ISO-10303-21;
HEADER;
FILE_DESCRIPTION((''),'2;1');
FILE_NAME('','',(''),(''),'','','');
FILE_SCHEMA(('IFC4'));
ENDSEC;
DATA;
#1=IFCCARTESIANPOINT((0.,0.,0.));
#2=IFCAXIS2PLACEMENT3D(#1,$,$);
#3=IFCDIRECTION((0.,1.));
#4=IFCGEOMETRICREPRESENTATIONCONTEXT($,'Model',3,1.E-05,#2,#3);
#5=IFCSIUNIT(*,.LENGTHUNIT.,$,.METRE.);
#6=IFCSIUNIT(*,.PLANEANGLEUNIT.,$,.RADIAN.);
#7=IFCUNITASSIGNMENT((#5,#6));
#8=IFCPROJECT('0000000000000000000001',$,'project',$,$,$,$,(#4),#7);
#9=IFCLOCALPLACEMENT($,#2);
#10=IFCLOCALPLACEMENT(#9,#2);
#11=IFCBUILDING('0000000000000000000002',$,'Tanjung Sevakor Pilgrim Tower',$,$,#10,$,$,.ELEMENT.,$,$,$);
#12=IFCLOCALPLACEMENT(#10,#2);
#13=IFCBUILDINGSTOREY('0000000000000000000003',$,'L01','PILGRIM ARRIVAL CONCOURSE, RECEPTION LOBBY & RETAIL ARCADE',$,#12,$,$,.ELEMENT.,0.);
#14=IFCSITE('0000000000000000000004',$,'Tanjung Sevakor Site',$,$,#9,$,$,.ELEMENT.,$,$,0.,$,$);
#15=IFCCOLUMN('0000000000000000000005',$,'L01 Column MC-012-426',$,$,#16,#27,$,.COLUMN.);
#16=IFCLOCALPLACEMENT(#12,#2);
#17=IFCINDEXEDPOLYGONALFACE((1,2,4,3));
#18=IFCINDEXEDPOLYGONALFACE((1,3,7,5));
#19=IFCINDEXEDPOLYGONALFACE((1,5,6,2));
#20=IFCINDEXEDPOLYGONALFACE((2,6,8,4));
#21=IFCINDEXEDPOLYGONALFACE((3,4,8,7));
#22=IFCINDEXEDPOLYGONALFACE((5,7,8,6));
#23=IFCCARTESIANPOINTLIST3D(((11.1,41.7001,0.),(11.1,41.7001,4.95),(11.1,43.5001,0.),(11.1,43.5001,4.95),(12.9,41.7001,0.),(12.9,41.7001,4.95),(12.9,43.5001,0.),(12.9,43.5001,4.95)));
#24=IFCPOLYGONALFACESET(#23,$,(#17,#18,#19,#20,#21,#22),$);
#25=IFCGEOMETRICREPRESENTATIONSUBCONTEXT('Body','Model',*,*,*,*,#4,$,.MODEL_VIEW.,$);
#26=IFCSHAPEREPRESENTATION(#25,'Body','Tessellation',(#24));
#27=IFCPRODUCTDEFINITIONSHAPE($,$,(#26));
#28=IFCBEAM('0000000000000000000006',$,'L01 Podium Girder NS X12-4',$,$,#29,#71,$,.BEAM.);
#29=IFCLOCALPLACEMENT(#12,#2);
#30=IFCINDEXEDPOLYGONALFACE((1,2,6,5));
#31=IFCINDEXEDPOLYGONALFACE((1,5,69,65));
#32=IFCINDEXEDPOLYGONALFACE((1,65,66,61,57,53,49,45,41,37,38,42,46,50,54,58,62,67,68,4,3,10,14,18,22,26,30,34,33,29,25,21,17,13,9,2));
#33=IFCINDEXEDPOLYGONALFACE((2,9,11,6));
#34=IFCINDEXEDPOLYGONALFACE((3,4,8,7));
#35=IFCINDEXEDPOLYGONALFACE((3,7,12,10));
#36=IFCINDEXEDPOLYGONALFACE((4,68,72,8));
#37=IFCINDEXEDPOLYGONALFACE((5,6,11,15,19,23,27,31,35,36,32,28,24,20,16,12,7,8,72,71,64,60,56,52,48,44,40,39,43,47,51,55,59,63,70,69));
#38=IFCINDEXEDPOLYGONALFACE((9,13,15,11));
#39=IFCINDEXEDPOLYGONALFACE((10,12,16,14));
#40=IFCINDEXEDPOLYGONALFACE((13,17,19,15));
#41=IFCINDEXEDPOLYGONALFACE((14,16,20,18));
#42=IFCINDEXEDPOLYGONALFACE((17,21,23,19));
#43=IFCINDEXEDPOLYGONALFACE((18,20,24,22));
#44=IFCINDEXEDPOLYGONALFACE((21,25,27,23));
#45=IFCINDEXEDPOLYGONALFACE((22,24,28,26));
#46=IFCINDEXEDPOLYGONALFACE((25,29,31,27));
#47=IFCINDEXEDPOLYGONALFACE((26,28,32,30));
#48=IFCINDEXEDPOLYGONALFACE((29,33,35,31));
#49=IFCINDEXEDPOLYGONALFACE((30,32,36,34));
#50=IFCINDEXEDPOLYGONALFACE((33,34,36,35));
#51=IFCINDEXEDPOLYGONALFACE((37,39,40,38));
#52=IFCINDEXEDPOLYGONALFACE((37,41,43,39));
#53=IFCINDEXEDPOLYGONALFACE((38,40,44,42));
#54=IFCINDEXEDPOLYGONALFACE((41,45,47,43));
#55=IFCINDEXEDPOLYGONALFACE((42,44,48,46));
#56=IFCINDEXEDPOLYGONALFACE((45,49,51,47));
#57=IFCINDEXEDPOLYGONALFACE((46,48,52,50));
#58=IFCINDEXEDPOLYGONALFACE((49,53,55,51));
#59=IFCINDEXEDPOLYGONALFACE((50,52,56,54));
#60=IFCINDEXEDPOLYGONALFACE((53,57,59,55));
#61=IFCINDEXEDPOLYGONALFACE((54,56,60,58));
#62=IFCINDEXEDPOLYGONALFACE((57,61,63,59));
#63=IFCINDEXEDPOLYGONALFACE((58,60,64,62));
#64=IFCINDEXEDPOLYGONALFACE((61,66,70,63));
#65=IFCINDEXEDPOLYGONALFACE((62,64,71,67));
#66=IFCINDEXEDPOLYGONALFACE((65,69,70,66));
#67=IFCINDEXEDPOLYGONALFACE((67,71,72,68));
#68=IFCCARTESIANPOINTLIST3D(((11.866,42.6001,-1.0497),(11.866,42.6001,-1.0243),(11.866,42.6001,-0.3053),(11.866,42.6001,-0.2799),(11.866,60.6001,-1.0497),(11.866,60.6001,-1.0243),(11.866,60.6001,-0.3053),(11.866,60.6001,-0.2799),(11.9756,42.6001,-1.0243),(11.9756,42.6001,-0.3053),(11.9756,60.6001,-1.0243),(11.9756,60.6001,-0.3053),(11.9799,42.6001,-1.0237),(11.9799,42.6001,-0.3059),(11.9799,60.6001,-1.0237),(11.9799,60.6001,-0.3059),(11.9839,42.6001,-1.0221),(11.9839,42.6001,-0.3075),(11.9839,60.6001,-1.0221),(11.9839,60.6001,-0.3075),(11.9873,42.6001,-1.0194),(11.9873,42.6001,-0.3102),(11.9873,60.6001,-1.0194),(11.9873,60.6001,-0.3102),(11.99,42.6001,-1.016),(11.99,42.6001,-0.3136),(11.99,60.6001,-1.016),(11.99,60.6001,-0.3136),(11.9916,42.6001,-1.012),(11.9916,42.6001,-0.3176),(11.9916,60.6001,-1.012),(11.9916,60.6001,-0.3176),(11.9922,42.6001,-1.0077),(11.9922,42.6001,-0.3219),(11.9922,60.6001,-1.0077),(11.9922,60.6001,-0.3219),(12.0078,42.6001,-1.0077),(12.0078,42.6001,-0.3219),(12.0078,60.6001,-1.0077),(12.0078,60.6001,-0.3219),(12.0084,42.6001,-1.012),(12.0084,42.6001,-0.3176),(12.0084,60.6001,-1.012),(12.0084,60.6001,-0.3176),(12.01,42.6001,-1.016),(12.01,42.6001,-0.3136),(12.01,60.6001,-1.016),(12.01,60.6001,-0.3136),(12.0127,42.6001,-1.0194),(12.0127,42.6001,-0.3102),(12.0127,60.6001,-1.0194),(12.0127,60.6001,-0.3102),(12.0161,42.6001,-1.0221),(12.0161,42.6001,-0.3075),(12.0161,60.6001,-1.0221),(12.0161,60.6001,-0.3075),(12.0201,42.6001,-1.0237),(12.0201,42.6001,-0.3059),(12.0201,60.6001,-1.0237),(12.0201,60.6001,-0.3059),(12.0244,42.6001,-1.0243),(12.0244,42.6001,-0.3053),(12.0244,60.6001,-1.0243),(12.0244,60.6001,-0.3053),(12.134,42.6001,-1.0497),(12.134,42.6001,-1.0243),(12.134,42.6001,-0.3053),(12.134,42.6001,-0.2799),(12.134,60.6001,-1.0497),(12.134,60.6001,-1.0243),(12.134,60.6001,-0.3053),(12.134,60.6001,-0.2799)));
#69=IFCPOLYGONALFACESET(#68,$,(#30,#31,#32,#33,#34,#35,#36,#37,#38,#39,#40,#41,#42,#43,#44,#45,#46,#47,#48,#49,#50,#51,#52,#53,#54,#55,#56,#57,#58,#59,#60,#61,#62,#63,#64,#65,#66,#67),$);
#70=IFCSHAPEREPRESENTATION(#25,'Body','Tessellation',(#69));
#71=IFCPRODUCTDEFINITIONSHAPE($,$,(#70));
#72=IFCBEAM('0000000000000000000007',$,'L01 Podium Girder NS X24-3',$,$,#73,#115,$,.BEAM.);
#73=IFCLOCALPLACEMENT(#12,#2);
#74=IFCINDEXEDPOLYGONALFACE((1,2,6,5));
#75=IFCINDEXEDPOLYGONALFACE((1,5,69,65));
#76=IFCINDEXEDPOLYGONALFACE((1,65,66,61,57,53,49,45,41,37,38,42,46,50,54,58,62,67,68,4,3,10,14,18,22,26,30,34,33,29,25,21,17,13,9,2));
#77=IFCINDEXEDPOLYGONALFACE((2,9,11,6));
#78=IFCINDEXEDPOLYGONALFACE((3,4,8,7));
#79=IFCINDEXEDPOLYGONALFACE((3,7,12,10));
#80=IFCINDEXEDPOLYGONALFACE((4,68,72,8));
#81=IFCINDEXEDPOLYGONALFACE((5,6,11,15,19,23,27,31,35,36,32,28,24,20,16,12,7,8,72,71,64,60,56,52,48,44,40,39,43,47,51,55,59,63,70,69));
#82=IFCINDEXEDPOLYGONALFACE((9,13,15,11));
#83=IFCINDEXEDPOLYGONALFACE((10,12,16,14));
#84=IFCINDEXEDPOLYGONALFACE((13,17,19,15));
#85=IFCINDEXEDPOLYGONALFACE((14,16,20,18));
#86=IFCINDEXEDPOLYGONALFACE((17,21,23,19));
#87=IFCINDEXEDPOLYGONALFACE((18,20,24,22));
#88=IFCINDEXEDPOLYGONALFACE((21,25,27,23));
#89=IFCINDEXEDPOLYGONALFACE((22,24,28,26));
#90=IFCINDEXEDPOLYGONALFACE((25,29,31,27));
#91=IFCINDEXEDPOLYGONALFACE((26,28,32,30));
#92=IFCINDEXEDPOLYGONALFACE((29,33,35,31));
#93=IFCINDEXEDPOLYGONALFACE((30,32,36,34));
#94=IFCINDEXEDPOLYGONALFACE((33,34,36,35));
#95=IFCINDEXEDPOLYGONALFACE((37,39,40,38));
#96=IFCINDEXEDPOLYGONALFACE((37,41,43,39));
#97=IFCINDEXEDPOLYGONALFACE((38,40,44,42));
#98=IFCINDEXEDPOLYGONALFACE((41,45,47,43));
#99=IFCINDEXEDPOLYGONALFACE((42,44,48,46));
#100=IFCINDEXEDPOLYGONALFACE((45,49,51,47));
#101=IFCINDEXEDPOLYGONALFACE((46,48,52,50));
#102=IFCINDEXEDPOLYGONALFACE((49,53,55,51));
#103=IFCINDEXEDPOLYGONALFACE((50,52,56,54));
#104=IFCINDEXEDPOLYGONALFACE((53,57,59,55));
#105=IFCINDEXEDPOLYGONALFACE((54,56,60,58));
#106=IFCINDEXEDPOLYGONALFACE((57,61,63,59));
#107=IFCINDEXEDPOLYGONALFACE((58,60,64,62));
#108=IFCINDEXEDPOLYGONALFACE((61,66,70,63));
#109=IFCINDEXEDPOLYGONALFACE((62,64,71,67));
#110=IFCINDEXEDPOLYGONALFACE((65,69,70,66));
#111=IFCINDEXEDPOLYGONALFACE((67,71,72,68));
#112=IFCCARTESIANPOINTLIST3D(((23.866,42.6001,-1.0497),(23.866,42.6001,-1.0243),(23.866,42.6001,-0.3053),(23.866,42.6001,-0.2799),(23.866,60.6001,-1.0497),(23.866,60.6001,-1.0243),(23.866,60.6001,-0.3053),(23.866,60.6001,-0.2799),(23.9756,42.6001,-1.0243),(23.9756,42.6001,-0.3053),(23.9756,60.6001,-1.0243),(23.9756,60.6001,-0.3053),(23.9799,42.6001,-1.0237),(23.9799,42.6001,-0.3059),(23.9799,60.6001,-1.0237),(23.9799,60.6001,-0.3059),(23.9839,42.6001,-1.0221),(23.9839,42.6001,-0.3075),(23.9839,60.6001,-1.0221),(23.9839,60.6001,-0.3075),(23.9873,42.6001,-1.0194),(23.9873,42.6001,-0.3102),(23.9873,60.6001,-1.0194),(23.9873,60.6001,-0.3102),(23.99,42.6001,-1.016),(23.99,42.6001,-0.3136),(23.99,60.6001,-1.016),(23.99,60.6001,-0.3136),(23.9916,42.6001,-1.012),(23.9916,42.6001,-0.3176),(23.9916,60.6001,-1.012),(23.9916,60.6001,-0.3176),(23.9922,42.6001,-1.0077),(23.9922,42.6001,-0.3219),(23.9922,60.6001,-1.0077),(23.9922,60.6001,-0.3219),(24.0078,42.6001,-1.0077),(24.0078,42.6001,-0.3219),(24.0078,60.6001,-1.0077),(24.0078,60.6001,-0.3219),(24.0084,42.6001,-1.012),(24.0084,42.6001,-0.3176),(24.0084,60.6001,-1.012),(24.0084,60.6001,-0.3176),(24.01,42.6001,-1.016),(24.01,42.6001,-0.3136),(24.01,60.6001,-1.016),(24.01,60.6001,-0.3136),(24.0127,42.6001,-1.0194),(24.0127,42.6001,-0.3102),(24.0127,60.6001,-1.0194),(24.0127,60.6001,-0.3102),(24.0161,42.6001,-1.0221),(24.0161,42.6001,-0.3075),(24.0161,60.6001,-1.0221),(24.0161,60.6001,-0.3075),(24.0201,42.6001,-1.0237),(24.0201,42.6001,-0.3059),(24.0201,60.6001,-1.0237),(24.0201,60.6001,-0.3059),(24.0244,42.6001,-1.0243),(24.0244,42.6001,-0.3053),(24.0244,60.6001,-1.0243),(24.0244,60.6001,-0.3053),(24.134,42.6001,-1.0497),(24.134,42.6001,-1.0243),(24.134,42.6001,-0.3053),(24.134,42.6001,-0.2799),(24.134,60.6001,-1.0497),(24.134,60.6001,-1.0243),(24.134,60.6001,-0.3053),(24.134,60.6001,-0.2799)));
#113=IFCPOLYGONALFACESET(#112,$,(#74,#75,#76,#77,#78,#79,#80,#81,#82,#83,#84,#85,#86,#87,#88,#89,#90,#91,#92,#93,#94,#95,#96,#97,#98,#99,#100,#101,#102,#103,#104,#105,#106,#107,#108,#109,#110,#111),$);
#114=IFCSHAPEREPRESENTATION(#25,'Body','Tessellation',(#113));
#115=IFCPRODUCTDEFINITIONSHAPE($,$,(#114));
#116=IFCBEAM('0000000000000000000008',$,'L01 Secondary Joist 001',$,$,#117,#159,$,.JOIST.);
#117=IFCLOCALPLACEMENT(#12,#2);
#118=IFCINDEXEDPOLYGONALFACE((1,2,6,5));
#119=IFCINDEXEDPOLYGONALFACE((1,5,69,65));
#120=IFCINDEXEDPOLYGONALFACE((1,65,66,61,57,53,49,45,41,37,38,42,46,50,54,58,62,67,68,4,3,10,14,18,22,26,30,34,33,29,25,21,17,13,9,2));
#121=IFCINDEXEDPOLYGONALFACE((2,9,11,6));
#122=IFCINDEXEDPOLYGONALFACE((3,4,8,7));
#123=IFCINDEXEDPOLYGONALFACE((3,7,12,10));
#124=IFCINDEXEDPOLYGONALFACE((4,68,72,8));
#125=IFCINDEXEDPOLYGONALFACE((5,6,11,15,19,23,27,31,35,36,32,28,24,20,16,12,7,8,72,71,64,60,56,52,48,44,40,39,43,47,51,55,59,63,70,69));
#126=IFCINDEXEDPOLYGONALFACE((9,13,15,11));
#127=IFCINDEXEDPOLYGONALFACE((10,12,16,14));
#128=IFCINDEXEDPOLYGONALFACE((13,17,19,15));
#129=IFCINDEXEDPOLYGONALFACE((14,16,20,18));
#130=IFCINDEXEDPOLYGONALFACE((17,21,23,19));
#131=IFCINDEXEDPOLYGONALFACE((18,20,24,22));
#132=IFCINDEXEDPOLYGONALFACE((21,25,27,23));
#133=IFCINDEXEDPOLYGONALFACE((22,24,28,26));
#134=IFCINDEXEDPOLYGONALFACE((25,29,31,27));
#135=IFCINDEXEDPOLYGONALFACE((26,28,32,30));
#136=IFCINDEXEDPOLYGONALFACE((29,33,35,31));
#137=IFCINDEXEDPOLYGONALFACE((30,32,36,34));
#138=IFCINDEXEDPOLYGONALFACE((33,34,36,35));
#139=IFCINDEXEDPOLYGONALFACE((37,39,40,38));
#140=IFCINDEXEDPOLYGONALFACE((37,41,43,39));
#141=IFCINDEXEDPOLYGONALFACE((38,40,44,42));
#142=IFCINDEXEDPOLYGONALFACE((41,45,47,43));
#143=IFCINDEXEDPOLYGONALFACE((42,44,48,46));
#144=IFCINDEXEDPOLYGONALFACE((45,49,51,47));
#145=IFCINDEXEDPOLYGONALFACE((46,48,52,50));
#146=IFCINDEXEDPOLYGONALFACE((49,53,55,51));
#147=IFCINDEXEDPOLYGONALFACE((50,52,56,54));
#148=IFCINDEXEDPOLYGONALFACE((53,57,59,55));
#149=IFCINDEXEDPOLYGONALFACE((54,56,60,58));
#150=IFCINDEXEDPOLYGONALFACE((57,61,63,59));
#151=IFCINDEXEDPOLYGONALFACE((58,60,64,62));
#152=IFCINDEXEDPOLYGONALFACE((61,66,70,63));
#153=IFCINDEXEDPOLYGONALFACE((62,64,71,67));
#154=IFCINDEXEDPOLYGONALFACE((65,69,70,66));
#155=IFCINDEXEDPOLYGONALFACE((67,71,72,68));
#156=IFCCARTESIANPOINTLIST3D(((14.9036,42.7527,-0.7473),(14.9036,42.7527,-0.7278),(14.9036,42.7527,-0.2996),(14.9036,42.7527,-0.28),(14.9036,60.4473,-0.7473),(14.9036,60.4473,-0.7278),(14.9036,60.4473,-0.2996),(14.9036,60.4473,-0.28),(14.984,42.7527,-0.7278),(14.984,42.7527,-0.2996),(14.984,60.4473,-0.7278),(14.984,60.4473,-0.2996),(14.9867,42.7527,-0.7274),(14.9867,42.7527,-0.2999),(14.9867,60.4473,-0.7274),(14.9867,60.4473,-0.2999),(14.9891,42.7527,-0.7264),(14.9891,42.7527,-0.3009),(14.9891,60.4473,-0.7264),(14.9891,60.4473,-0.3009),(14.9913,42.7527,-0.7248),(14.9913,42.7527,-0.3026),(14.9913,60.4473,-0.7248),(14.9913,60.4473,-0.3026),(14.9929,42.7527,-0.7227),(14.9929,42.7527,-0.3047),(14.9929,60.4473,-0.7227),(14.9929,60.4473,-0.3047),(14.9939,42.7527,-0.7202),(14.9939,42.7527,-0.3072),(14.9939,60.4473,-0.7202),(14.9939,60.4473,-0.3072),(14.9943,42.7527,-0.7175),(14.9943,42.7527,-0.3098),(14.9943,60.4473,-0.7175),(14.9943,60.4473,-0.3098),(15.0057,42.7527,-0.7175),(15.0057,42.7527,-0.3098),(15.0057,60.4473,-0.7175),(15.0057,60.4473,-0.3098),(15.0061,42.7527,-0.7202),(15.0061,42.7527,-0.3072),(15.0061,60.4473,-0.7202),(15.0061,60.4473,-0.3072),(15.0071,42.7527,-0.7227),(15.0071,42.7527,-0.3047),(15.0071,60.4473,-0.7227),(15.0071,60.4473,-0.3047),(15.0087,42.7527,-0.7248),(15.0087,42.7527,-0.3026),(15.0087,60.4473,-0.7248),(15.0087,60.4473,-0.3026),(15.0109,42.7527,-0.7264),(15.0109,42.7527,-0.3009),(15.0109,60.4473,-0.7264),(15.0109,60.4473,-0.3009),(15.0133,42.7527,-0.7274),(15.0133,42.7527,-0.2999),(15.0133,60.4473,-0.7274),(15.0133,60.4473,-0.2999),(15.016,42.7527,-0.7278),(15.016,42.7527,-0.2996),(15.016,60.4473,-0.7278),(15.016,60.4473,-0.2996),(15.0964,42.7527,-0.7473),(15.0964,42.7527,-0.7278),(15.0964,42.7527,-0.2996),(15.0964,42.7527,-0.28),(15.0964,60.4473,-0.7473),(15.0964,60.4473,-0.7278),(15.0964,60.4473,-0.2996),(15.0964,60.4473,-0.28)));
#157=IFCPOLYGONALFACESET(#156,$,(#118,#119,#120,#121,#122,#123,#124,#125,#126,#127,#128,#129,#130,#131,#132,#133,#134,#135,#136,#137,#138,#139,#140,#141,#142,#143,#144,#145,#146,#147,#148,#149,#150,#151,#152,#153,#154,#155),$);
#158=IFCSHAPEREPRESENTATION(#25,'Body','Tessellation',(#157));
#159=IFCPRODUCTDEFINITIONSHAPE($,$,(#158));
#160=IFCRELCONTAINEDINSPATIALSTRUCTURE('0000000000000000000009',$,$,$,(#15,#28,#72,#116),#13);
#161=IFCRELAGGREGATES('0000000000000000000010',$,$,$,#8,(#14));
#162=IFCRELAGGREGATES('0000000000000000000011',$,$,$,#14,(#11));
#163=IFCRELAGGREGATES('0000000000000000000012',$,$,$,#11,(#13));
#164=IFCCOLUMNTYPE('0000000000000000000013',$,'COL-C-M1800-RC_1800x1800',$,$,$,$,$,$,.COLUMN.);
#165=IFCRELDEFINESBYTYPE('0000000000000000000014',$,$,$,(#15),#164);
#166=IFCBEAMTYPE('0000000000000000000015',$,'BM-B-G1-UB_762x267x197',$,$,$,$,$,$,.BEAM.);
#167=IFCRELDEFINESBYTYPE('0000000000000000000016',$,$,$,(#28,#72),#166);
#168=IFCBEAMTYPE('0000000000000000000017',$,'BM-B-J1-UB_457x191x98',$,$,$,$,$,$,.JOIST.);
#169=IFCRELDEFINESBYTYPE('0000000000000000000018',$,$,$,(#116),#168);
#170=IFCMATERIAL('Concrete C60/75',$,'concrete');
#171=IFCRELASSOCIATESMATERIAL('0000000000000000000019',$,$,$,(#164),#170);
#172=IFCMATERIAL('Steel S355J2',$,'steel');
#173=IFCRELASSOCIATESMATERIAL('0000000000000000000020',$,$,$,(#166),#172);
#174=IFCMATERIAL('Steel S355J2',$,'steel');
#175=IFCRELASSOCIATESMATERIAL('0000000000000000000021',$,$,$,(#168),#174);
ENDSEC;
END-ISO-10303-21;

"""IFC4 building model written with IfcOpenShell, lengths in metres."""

from ifc_helpers import new_model, si_unit, direction, frame, origin, origin_2d, place, context, subcontext, project, spatial, rectangle, i_section, extrude, material, material_profile, profile_set, type_object, element, save


model = new_model("IFC4")

# Units and contexts
model_context = context("Model", 3, precision=1e-05, world=origin(), true_north=direction((0.0, 1.0)))
body_context = subcontext(model_context, "Body", "Model", "MODEL_VIEW")
ifc_project = project(units=[si_unit("LENGTHUNIT", "METRE"), si_unit("PLANEANGLEUNIT", "RADIAN")], contexts=[model_context])

# Site, building, storey
site_placement = place(None, origin())
site = spatial("IfcSite", under=ifc_project, at=site_placement, Name="Tanjung Sevakor Site", CompositionType="ELEMENT", RefElevation=0.0)
building_placement = place(site_placement, origin())
building = spatial("IfcBuilding", under=site, at=building_placement, Name="Tanjung Sevakor Pilgrim Tower", CompositionType="ELEMENT")
storey_placement = place(building_placement, origin())
storey = spatial("IfcBuildingStorey", under=building, at=storey_placement, Name="L01", Description="PILGRIM ARRIVAL CONCOURSE, RECEPTION LOBBY & RETAIL ARCADE", CompositionType="ELEMENT", Elevation=0.0)

# Column
ifc_material_1 = material(Name="Concrete C60/75", Category="concrete")
ifc_material_profile_1 = material_profile(ifc_material_1, rectangle(XDim=1.8, YDim=1.8, at=origin_2d()))
ifc_profile_set_1 = profile_set([ifc_material_profile_1], Name="Concrete C60/75")
column_type = type_object("IfcColumnType", Name="COL-C-M1800-RC_1800x1800", PredefinedType="COLUMN", material=ifc_profile_set_1)
column_placement = place(storey_placement, frame((12.0, 42.6001, 0.0), z_axis=(0.0, 0.0, 1.0), x_axis=(1.0, 0.0, 0.0)))
element("IfcColumn", 1, at=column_placement, inside=storey, type_object=column_type, Name="L01 Column MC-012-426", PredefinedType="COLUMN", context=body_context, shape_type="SweptSolid", body=[
    extrude(rectangle(XDim=1.8, YDim=1.8, at=origin_2d()), origin(), (0.0, 0.0, 1.0), 4.95),
])

# Beams
ifc_material_2 = material(Name="Steel S355J2", Category="steel")
ifc_material_profile_2 = material_profile(ifc_material_2, i_section(OverallWidth=0.2681, OverallDepth=0.7698, WebThickness=0.0156, FlangeThickness=0.0254, FilletRadius=0.0166, at=origin_2d()))
ifc_profile_set_2 = profile_set([ifc_material_profile_2], Name="Steel S355J2")
beam_type_1 = type_object("IfcBeamType", Name="BM-B-G1-UB_762x267x197", PredefinedType="BEAM", material=ifc_profile_set_2)
for number, where, z_axis, x_axis, name in (
    (2, (12.0, 42.6001, -0.6648), (0.0, 1.0, 0.0), (-1.0, 0.0, 0.0), "L01 Podium Girder NS X12-4"),
    (3, (24.0, 42.6001, -0.6648), (0.0, 1.0, 0.0), (-1.0, 0.0, 0.0), "L01 Podium Girder NS X24-3"),
):
    element("IfcBeam", number, at=place(storey_placement, frame(where, z_axis=z_axis, x_axis=x_axis)), inside=storey, type_object=beam_type_1, Name=name, PredefinedType="BEAM", context=body_context, shape_type="SweptSolid", body=[
        extrude(i_section(OverallWidth=0.2681, OverallDepth=0.7698, WebThickness=0.0156, FlangeThickness=0.0254, FilletRadius=0.0166, at=origin_2d()), origin(), (0.0, 0.0, 1.0), 18.0),
    ])
ifc_material_3 = material(Name="Steel S355J2", Category="steel")
ifc_material_profile_3 = material_profile(ifc_material_3, i_section(OverallWidth=0.1929, OverallDepth=0.4673, WebThickness=0.0115, FlangeThickness=0.0195, FilletRadius=0.0103, at=origin_2d()))
ifc_profile_set_3 = profile_set([ifc_material_profile_3], Name="Steel S355J2")
beam_type_2 = type_object("IfcBeamType", Name="BM-B-J1-UB_457x191x98", PredefinedType="JOIST", material=ifc_profile_set_3)
for number, where, z_axis, x_axis, name in (
    (4, (15.0, 42.7527, -0.5137), (0.0, 1.0, 0.0), (-1.0, 0.0, 0.0), "L01 Secondary Joist 001"),
):
    element("IfcBeam", number, at=place(storey_placement, frame(where, z_axis=z_axis, x_axis=x_axis)), inside=storey, type_object=beam_type_2, Name=name, PredefinedType="JOIST", context=body_context, shape_type="SweptSolid", body=[
        extrude(i_section(OverallWidth=0.1929, OverallDepth=0.4673, WebThickness=0.0115, FlangeThickness=0.0195, FilletRadius=0.0103, at=origin_2d()), origin(), (0.0, 0.0, 1.0), 17.6946),
    ])

save(model, "model.ifc")
